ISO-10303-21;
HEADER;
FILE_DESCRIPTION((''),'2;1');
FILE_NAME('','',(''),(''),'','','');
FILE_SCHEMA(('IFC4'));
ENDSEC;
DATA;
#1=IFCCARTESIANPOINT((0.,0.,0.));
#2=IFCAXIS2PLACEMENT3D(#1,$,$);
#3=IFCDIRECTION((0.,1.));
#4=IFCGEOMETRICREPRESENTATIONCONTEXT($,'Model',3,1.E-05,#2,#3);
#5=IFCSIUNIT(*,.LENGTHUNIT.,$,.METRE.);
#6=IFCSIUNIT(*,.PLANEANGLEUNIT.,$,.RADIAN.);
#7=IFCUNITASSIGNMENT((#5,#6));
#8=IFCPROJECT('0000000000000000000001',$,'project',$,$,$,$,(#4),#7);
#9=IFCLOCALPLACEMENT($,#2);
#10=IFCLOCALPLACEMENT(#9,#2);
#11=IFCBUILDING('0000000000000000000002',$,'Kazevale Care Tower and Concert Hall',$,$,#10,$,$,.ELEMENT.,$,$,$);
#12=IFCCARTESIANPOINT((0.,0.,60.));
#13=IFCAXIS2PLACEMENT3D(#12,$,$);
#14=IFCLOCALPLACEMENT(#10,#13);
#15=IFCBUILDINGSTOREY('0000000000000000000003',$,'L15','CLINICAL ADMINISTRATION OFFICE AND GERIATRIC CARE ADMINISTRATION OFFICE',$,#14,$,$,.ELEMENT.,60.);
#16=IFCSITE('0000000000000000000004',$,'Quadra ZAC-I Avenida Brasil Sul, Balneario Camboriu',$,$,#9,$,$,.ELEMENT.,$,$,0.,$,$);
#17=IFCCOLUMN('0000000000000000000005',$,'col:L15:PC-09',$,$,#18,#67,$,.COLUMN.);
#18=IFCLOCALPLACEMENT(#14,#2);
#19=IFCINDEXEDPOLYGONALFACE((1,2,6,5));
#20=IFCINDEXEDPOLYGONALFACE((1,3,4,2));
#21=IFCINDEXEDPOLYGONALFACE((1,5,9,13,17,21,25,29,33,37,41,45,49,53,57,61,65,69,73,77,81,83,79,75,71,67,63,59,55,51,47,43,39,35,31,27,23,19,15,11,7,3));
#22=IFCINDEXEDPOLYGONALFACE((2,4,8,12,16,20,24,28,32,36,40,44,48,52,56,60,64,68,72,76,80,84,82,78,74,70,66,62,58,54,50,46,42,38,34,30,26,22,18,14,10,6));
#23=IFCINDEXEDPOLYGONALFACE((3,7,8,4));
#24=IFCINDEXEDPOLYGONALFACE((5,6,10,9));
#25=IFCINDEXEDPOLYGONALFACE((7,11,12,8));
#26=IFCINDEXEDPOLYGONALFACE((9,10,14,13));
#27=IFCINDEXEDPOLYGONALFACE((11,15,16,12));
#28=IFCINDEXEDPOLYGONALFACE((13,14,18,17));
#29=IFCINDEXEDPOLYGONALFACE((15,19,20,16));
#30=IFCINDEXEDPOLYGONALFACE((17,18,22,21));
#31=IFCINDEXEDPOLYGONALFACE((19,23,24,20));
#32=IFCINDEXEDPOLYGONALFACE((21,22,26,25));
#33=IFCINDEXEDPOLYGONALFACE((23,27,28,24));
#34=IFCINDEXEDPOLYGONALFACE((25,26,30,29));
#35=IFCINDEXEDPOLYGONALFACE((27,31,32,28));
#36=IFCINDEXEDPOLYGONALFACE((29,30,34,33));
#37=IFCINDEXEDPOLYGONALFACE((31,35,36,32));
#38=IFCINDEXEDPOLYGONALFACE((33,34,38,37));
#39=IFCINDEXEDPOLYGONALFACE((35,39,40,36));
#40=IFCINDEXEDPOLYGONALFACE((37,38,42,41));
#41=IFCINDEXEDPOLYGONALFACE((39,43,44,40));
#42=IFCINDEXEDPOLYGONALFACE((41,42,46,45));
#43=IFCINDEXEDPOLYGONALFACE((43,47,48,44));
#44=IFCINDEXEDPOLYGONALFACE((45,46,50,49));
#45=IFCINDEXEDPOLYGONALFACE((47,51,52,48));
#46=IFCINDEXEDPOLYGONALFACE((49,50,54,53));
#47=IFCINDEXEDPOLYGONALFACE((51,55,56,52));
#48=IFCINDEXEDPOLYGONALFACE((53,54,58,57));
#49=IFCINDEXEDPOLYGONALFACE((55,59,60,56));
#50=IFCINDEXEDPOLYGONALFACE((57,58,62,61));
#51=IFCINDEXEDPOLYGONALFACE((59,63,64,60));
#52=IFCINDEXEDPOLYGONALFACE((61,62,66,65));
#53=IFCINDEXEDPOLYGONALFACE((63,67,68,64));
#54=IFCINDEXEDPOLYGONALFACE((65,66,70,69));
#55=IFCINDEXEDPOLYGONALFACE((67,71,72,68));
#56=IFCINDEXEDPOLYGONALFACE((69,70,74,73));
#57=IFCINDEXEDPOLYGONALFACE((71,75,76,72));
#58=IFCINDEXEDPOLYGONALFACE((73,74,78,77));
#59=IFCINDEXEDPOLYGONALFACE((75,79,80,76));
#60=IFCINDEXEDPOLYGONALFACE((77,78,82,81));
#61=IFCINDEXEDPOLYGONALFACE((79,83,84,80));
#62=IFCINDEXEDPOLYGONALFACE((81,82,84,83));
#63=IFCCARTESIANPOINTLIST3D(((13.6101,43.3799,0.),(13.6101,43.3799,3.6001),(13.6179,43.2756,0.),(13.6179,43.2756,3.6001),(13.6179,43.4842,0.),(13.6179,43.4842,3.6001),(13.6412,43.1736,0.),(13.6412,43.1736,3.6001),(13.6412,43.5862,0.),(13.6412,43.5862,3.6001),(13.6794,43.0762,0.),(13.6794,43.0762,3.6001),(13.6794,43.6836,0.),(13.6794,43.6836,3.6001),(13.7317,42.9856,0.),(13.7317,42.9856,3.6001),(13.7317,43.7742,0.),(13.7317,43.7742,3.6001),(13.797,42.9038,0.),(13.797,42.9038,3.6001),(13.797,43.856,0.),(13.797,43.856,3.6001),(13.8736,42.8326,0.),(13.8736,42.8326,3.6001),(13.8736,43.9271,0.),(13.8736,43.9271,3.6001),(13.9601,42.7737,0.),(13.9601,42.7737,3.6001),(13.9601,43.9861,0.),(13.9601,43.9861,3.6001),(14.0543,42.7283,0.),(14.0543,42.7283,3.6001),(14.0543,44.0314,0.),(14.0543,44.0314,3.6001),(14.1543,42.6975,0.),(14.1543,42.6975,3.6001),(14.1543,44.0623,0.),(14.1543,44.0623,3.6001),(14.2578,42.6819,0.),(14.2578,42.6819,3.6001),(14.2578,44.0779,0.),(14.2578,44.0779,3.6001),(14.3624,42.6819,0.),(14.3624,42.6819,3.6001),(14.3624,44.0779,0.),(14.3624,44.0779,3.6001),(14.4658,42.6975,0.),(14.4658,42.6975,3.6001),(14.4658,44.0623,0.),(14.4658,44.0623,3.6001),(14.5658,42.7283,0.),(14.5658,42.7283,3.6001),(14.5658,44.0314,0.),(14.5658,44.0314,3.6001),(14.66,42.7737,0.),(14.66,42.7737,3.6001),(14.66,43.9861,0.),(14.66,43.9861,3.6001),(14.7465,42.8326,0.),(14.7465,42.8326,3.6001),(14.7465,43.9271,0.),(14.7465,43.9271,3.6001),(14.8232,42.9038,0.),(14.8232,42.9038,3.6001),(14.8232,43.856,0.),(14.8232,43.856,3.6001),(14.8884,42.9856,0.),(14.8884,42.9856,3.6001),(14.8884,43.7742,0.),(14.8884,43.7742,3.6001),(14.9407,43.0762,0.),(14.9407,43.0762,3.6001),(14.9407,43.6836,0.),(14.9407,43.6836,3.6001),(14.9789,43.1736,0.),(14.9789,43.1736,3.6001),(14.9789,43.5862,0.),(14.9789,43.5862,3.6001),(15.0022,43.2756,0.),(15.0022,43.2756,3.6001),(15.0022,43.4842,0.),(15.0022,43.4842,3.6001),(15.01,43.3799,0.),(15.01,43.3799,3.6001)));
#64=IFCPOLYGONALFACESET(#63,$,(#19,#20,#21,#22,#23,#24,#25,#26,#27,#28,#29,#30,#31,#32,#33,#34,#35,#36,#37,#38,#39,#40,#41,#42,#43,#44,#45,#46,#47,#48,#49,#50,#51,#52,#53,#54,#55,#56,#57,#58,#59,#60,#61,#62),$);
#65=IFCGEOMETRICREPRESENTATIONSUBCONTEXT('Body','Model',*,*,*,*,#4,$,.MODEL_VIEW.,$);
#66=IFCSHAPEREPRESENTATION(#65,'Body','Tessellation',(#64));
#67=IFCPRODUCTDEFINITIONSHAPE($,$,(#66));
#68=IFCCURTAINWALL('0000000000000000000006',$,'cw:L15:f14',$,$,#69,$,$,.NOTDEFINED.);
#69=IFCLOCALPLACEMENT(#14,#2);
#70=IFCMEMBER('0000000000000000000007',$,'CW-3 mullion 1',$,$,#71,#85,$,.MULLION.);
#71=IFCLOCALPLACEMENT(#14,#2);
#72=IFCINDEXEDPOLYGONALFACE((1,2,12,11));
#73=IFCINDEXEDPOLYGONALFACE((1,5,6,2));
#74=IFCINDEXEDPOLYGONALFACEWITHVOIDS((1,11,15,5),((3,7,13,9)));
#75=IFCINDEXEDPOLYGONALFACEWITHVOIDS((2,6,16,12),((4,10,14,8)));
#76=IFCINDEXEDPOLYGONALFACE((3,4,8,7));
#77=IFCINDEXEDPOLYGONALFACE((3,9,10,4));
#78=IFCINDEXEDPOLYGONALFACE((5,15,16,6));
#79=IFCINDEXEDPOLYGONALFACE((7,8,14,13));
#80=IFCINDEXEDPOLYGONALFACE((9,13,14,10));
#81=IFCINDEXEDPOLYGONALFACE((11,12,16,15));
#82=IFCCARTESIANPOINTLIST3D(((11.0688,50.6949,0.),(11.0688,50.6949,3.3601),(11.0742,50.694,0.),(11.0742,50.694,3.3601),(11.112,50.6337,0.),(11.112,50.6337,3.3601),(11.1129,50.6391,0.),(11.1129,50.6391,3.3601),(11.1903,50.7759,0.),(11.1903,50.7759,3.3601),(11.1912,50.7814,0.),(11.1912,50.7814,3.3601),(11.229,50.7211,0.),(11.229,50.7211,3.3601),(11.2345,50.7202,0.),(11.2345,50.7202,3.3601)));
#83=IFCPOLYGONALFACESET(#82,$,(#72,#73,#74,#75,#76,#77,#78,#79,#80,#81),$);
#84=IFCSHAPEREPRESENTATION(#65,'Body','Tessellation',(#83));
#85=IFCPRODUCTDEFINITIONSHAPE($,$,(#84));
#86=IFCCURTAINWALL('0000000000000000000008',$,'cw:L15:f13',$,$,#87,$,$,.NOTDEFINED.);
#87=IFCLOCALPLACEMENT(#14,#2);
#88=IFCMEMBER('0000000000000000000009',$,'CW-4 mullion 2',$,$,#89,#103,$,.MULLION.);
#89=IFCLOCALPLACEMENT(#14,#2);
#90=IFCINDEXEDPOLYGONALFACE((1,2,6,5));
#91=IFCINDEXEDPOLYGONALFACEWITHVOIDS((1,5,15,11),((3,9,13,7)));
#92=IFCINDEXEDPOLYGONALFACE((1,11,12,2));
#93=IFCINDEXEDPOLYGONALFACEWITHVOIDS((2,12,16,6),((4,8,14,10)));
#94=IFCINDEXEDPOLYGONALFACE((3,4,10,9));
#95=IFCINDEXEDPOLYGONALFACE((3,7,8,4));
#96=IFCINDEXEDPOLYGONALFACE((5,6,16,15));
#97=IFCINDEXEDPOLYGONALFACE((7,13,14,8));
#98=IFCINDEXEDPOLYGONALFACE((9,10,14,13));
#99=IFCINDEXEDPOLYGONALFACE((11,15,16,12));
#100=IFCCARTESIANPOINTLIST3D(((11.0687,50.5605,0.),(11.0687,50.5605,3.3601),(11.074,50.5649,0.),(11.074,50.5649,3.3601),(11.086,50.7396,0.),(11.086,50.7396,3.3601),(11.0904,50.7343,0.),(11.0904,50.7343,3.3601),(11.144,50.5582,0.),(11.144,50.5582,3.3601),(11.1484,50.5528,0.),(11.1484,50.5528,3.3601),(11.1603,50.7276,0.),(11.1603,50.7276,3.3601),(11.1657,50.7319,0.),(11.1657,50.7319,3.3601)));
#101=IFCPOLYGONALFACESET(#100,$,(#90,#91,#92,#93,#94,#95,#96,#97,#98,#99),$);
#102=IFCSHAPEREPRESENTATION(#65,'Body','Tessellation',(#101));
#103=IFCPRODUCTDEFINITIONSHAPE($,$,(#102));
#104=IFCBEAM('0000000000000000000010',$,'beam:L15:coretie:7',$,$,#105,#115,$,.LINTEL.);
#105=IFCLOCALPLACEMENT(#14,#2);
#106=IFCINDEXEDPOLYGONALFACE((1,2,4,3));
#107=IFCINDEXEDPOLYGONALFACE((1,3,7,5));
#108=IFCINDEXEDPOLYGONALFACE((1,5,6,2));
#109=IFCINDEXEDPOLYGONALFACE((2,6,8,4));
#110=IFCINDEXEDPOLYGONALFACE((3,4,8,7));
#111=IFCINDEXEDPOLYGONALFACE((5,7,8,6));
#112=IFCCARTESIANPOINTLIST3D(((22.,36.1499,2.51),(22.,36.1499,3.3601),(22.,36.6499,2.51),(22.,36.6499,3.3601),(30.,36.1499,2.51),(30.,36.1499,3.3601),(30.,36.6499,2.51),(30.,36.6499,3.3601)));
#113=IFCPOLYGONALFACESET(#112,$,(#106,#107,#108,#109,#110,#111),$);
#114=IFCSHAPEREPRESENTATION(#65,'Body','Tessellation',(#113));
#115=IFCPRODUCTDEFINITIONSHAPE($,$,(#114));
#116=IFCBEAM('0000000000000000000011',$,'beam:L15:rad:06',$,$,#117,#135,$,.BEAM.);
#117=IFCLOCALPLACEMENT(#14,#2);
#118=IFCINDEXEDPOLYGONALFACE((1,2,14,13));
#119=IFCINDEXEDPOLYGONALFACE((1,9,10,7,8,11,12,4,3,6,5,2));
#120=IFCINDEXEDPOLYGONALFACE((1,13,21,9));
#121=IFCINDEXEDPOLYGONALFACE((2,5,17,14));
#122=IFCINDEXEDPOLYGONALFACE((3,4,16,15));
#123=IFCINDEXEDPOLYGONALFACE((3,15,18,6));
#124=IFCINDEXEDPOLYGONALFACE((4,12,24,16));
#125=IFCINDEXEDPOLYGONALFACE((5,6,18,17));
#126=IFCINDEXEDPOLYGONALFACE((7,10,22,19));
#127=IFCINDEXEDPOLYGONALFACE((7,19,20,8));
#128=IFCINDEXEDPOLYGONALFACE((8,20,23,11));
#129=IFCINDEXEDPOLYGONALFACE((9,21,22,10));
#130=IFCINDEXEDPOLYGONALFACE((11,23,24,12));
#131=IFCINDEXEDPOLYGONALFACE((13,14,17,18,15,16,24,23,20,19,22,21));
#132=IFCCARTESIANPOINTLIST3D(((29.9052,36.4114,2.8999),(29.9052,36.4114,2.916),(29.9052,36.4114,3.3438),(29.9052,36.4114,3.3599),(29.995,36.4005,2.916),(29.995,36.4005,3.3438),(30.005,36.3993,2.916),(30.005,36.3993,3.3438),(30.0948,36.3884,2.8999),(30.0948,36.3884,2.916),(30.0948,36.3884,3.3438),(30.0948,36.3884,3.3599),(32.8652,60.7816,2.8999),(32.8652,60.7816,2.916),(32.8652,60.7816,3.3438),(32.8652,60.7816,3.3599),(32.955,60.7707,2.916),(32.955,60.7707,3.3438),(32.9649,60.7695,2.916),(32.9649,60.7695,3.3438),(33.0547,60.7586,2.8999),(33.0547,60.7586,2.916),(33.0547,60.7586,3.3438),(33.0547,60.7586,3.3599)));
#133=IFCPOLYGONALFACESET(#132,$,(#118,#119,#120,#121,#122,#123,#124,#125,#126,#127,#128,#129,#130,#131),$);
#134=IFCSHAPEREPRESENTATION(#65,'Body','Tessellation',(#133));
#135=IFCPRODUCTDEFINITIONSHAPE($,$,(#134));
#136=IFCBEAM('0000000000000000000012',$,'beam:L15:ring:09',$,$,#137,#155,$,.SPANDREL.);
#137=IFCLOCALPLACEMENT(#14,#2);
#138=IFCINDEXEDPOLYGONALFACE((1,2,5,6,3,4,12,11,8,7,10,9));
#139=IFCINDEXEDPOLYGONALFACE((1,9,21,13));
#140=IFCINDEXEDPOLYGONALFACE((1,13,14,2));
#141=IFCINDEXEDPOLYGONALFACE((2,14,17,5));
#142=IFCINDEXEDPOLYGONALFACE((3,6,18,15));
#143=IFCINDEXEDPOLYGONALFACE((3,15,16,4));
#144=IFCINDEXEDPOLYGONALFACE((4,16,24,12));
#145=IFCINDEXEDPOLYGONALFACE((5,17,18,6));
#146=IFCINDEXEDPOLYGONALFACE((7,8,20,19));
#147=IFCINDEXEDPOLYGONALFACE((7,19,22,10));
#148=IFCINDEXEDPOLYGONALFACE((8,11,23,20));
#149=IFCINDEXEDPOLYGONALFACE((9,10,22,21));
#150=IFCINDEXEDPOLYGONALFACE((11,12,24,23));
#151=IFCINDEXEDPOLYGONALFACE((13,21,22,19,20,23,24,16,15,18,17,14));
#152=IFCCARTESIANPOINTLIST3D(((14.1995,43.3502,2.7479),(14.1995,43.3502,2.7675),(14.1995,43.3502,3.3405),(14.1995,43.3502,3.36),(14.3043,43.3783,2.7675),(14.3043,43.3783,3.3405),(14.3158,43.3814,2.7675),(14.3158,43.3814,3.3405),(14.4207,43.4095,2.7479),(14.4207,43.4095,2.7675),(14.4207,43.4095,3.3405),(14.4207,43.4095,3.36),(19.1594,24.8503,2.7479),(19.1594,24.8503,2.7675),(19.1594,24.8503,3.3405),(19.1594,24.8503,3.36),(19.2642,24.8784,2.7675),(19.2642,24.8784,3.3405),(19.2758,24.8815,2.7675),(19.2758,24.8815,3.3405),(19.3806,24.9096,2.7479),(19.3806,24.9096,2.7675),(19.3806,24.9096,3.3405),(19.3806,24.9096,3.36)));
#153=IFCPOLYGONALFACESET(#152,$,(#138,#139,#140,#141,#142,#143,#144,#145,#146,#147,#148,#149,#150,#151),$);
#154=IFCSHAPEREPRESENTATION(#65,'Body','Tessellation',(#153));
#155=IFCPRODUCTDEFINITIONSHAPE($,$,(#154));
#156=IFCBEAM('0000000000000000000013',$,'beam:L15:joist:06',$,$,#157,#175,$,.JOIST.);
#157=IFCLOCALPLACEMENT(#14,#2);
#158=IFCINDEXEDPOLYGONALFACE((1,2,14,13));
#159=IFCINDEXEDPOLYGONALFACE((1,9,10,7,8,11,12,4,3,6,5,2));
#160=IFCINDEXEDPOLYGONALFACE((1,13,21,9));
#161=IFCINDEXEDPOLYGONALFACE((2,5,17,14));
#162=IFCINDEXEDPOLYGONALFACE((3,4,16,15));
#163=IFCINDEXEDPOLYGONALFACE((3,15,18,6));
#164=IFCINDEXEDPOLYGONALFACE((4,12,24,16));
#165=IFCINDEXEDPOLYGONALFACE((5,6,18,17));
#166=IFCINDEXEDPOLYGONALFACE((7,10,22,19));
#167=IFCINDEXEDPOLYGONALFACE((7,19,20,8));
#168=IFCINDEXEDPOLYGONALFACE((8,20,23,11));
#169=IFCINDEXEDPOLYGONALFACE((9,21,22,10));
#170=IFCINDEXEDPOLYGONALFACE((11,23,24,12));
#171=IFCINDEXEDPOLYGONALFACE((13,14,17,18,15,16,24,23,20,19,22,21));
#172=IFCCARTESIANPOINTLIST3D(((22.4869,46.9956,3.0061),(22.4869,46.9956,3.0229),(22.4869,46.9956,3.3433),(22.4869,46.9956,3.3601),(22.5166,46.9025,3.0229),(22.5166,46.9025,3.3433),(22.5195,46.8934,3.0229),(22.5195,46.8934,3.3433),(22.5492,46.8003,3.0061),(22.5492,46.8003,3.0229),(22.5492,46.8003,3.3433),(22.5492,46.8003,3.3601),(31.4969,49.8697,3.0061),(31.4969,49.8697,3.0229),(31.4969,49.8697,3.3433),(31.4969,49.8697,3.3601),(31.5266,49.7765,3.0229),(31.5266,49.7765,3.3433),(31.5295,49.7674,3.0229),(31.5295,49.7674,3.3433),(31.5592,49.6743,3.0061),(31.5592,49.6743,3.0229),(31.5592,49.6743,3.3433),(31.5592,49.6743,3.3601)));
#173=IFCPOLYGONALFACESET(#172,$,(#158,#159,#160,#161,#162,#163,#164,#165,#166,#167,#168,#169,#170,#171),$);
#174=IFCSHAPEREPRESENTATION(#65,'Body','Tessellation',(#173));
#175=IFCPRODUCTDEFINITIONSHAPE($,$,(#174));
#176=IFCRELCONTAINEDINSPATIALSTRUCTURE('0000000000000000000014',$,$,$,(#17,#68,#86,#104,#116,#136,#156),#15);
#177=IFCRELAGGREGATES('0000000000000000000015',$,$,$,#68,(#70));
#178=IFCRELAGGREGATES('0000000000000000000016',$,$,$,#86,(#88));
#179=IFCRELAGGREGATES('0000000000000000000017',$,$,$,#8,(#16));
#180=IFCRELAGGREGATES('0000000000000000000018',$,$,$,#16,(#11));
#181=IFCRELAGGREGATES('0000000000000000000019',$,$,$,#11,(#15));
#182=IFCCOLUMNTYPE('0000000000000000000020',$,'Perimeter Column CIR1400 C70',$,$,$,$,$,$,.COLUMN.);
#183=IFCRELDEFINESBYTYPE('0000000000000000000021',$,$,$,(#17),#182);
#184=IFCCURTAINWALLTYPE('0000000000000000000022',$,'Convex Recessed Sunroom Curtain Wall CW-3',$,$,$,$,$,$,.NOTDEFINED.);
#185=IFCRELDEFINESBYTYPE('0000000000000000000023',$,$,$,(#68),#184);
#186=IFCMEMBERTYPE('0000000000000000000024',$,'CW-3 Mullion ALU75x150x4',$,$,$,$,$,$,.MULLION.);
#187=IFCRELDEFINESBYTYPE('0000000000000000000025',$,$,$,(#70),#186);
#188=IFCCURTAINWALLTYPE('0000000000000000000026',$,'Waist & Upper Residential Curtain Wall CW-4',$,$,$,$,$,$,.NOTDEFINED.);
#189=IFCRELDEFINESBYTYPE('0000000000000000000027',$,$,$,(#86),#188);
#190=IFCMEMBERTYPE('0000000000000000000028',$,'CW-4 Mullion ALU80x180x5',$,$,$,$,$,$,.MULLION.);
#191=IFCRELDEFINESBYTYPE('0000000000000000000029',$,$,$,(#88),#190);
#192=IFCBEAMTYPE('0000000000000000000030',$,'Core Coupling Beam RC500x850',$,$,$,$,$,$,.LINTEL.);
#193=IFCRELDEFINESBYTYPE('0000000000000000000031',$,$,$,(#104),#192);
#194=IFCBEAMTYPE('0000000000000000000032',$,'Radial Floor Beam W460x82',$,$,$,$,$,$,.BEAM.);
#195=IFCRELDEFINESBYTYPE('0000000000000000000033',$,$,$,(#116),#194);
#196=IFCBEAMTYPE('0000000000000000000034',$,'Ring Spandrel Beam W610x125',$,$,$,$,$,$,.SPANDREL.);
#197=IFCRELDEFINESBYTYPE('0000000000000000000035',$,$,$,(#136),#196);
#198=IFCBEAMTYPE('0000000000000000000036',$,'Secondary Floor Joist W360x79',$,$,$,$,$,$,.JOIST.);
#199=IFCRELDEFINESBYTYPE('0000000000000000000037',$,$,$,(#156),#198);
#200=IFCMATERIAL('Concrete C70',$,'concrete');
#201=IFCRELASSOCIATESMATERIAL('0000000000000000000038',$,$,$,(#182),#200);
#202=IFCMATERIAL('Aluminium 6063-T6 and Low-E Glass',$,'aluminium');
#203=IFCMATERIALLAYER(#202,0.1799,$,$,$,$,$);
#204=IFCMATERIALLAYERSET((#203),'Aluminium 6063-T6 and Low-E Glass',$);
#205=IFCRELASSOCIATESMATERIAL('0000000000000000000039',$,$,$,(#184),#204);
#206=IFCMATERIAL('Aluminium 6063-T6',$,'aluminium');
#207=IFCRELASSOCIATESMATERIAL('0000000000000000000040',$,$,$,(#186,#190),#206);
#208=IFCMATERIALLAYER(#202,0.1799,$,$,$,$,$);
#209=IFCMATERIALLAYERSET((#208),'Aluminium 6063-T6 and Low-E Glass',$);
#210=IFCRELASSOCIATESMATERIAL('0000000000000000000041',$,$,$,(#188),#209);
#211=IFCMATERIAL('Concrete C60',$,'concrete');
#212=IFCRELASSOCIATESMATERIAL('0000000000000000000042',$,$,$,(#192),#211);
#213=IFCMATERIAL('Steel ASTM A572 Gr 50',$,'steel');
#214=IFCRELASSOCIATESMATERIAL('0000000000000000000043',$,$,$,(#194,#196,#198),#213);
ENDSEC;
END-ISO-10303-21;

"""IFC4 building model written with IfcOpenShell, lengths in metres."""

from ifc_helpers import new_model, si_unit, direction, frame, origin, origin_2d, place, context, subcontext, project, spatial, rectangle, hollow_rectangle, circle, i_section, extrude, material, layer, layer_set, material_profile, profile_set, type_object, element, aggregate, save


model = new_model("IFC4")

# Units and contexts
model_context = context("Model", 3, precision=1e-05, world=origin(), true_north=direction((0.0, 1.0)))
body_context = subcontext(model_context, "Body", "Model", "MODEL_VIEW")
ifc_project = project(units=[si_unit("LENGTHUNIT", "METRE"), si_unit("PLANEANGLEUNIT", "RADIAN")], contexts=[model_context])

# Site, building, storey
site_placement = place(None, origin())
site = spatial("IfcSite", under=ifc_project, at=site_placement, Name="Quadra ZAC-I Avenida Brasil Sul, Balneario Camboriu", CompositionType="ELEMENT", RefElevation=0.0)
building_placement = place(site_placement, origin())
building = spatial("IfcBuilding", under=site, at=building_placement, Name="Kazevale Care Tower and Concert Hall", CompositionType="ELEMENT")
storey_placement = place(building_placement, frame((0.0, 0.0, 60.0)))
storey = spatial("IfcBuildingStorey", under=building, at=storey_placement, Name="L15", Description="CLINICAL ADMINISTRATION OFFICE AND GERIATRIC CARE ADMINISTRATION OFFICE", CompositionType="ELEMENT", Elevation=60.0)

# Column
ifc_material_1 = material(Name="Concrete C70", Category="concrete")
ifc_material_profile_1 = material_profile(ifc_material_1, circle(Radius=0.7, at=origin_2d()), Name="RC-CIR1400")
ifc_profile_set_1 = profile_set([ifc_material_profile_1], Name="Concrete C70")
column_type = type_object("IfcColumnType", Name="Perimeter Column CIR1400 C70", PredefinedType="COLUMN", material=ifc_profile_set_1)
column_placement = place(storey_placement, frame((14.3101, 43.3799, 0.0), z_axis=(0.0, 0.0, 1.0), x_axis=(1.0, 0.0, 0.0)))
element("IfcColumn", 1, at=column_placement, inside=storey, type_object=column_type, Name="col:L15:PC-09", PredefinedType="COLUMN", context=body_context, shape_type="SweptSolid", body=[
    extrude(circle(Radius=0.7, at=origin_2d()), origin(), (0.0, 0.0, 1.0), 3.6001),
])

# Curtain walls, members
ifc_material_2 = material(Name="Aluminium 6063-T6 and Low-E Glass", Category="aluminium")
ifc_layer_1 = layer(ifc_material_2, 0.1799)
ifc_layer_set_1 = layer_set([ifc_layer_1], Name="Aluminium 6063-T6 and Low-E Glass")
curtain_wall_type_1 = type_object("IfcCurtainWallType", Name="Convex Recessed Sunroom Curtain Wall CW-3", PredefinedType="NOTDEFINED", material=ifc_layer_set_1)
curtain_wall_1_placement = place(storey_placement, origin())
curtain_wall_1 = element("IfcCurtainWall", 2, at=curtain_wall_1_placement, inside=storey, type_object=curtain_wall_type_1, Name="cw:L15:f14", PredefinedType="NOTDEFINED")
ifc_material_3 = material(Name="Aluminium 6063-T6", Category="aluminium")
ifc_material_profile_2 = material_profile(ifc_material_3, hollow_rectangle(XDim=0.075, YDim=0.1499, WallThickness=0.0039, at=origin_2d()), Name="ALU75x150x4")
ifc_profile_set_2 = profile_set([ifc_material_profile_2], Name="Aluminium 6063-T6")
member_type_1 = type_object("IfcMemberType", Name="CW-3 Mullion ALU75x150x4", PredefinedType="MULLION", material=ifc_profile_set_2)
member_1_placement = place(storey_placement, frame((11.1516, 50.7075, 0.0), z_axis=(0.0, 0.0, 1.0), x_axis=(-0.576929, 0.816794, 0.0)))
member_1 = element("IfcMember", 3, at=member_1_placement, type_object=member_type_1, Name="CW-3 mullion 1", PredefinedType="MULLION", context=body_context, shape_type="SweptSolid", body=[
    extrude(hollow_rectangle(XDim=0.075, YDim=0.1499, WallThickness=0.0039, at=origin_2d()), origin(), (0.0, 0.0, 1.0), 3.3601),
])
aggregate(curtain_wall_1, [member_1])
ifc_layer_2 = layer(ifc_material_2, 0.1799)
ifc_layer_set_2 = layer_set([ifc_layer_2], Name="Aluminium 6063-T6 and Low-E Glass")
curtain_wall_type_2 = type_object("IfcCurtainWallType", Name="Waist & Upper Residential Curtain Wall CW-4", PredefinedType="NOTDEFINED", material=ifc_layer_set_2)
curtain_wall_2_placement = place(storey_placement, origin())
curtain_wall_2 = element("IfcCurtainWall", 4, at=curtain_wall_2_placement, inside=storey, type_object=curtain_wall_type_2, Name="cw:L15:f13", PredefinedType="NOTDEFINED")
ifc_material_profile_3 = material_profile(ifc_material_3, hollow_rectangle(XDim=0.0801, YDim=0.1799, WallThickness=0.0049, at=origin_2d()), Name="ALU80x180x5")
ifc_profile_set_3 = profile_set([ifc_material_profile_3], Name="Aluminium 6063-T6")
member_type_2 = type_object("IfcMemberType", Name="CW-4 Mullion ALU80x180x5", PredefinedType="MULLION", material=ifc_profile_set_3)
member_2_placement = place(storey_placement, frame((11.1172, 50.6462, 0.0), z_axis=(0.0, 0.0, 1.0), x_axis=(-0.995381, 0.096007, 0.0)))
member_2 = element("IfcMember", 5, at=member_2_placement, type_object=member_type_2, Name="CW-4 mullion 2", PredefinedType="MULLION", context=body_context, shape_type="SweptSolid", body=[
    extrude(hollow_rectangle(XDim=0.0801, YDim=0.1799, WallThickness=0.0049, at=origin_2d()), origin(), (0.0, 0.0, 1.0), 3.3601),
])

# Beams
ifc_material_4 = material(Name="Concrete C60", Category="concrete")
ifc_material_profile_4 = material_profile(ifc_material_4, rectangle(XDim=0.5, YDim=0.8501, at=origin_2d()), Name="RC-B500x850")
ifc_profile_set_4 = profile_set([ifc_material_profile_4], Name="Concrete C60")
beam_type_1 = type_object("IfcBeamType", Name="Core Coupling Beam RC500x850", PredefinedType="LINTEL", material=ifc_profile_set_4)
beam_1_placement = place(storey_placement, frame((30.0, 36.3999, 2.9351), z_axis=(-1.0, 0.0, 0.0), x_axis=(0.0, -1.0, 0.0)))
element("IfcBeam", 6, at=beam_1_placement, inside=storey, type_object=beam_type_1, Name="beam:L15:coretie:7", PredefinedType="LINTEL", context=body_context, shape_type="SweptSolid", body=[
    extrude(rectangle(XDim=0.5, YDim=0.8501, at=origin_2d()), origin(), (0.0, 0.0, 1.0), 8.0),
])
ifc_material_5 = material(Name="Steel ASTM A572 Gr 50", Category="steel")
ifc_material_profile_5 = material_profile(ifc_material_5, i_section(OverallWidth=0.1909, OverallDepth=0.46, WebThickness=0.01, FlangeThickness=0.0161, at=origin_2d()), Name="W460x82")
ifc_profile_set_5 = profile_set([ifc_material_profile_5], Name="Steel ASTM A572 Gr 50")
beam_type_2 = type_object("IfcBeamType", Name="Radial Floor Beam W460x82", PredefinedType="BEAM", material=ifc_profile_set_5)
beam_2_placement = place(storey_placement, frame((30.0, 36.3999, 3.1299), z_axis=(0.120573, 0.992705, 0.0), x_axis=(-0.992705, 0.120573, 0.0)))
element("IfcBeam", 7, at=beam_2_placement, inside=storey, type_object=beam_type_2, Name="beam:L15:rad:06", PredefinedType="BEAM", context=body_context, shape_type="SweptSolid", body=[
    extrude(i_section(OverallWidth=0.1909, OverallDepth=0.46, WebThickness=0.01, FlangeThickness=0.0161, at=origin_2d()), origin(), (0.0, 0.0, 1.0), 24.5493),
])
ifc_material_profile_6 = material_profile(ifc_material_5, i_section(OverallWidth=0.229, OverallDepth=0.6121, WebThickness=0.012, FlangeThickness=0.0195, at=origin_2d()), Name="W610x125")
ifc_profile_set_6 = profile_set([ifc_material_profile_6], Name="Steel ASTM A572 Gr 50")
beam_type_3 = type_object("IfcBeamType", Name="Ring Spandrel Beam W610x125", PredefinedType="SPANDREL", material=ifc_profile_set_6)
beam_3_placement = place(storey_placement, frame((14.3101, 43.3799, 3.054), z_axis=(0.25896, -0.965888, 0.0), x_axis=(0.965888, 0.25896, 0.0)))
element("IfcBeam", 8, at=beam_3_placement, inside=storey, type_object=beam_type_3, Name="beam:L15:ring:09", PredefinedType="SPANDREL", context=body_context, shape_type="SweptSolid", body=[
    extrude(i_section(OverallWidth=0.229, OverallDepth=0.6121, WebThickness=0.012, FlangeThickness=0.0195, at=origin_2d()), origin(), (0.0, 0.0, 1.0), 19.1533),
])
ifc_material_profile_7 = material_profile(ifc_material_5, i_section(OverallWidth=0.2051, OverallDepth=0.354, WebThickness=0.0095, FlangeThickness=0.0168, at=origin_2d()), Name="W360x79")
ifc_profile_set_7 = profile_set([ifc_material_profile_7], Name="Steel ASTM A572 Gr 50")
beam_type_4 = type_object("IfcBeamType", Name="Secondary Floor Joist W360x79", PredefinedType="JOIST", material=ifc_profile_set_7)
beam_4_placement = place(storey_placement, frame((31.5281, 49.772, 3.1831), z_axis=(-0.952705, -0.303895, 0.0), x_axis=(0.303895, -0.952705, 0.0)))
element("IfcBeam", 9, at=beam_4_placement, inside=storey, type_object=beam_type_4, Name="beam:L15:joist:06", PredefinedType="JOIST", context=body_context, shape_type="SweptSolid", body=[
    extrude(i_section(OverallWidth=0.2051, OverallDepth=0.354, WebThickness=0.0095, FlangeThickness=0.0168, at=origin_2d()), origin(), (0.0, 0.0, 1.0), 9.4573),
])

aggregate(curtain_wall_2, [member_2])

save(model, "model.ifc")
